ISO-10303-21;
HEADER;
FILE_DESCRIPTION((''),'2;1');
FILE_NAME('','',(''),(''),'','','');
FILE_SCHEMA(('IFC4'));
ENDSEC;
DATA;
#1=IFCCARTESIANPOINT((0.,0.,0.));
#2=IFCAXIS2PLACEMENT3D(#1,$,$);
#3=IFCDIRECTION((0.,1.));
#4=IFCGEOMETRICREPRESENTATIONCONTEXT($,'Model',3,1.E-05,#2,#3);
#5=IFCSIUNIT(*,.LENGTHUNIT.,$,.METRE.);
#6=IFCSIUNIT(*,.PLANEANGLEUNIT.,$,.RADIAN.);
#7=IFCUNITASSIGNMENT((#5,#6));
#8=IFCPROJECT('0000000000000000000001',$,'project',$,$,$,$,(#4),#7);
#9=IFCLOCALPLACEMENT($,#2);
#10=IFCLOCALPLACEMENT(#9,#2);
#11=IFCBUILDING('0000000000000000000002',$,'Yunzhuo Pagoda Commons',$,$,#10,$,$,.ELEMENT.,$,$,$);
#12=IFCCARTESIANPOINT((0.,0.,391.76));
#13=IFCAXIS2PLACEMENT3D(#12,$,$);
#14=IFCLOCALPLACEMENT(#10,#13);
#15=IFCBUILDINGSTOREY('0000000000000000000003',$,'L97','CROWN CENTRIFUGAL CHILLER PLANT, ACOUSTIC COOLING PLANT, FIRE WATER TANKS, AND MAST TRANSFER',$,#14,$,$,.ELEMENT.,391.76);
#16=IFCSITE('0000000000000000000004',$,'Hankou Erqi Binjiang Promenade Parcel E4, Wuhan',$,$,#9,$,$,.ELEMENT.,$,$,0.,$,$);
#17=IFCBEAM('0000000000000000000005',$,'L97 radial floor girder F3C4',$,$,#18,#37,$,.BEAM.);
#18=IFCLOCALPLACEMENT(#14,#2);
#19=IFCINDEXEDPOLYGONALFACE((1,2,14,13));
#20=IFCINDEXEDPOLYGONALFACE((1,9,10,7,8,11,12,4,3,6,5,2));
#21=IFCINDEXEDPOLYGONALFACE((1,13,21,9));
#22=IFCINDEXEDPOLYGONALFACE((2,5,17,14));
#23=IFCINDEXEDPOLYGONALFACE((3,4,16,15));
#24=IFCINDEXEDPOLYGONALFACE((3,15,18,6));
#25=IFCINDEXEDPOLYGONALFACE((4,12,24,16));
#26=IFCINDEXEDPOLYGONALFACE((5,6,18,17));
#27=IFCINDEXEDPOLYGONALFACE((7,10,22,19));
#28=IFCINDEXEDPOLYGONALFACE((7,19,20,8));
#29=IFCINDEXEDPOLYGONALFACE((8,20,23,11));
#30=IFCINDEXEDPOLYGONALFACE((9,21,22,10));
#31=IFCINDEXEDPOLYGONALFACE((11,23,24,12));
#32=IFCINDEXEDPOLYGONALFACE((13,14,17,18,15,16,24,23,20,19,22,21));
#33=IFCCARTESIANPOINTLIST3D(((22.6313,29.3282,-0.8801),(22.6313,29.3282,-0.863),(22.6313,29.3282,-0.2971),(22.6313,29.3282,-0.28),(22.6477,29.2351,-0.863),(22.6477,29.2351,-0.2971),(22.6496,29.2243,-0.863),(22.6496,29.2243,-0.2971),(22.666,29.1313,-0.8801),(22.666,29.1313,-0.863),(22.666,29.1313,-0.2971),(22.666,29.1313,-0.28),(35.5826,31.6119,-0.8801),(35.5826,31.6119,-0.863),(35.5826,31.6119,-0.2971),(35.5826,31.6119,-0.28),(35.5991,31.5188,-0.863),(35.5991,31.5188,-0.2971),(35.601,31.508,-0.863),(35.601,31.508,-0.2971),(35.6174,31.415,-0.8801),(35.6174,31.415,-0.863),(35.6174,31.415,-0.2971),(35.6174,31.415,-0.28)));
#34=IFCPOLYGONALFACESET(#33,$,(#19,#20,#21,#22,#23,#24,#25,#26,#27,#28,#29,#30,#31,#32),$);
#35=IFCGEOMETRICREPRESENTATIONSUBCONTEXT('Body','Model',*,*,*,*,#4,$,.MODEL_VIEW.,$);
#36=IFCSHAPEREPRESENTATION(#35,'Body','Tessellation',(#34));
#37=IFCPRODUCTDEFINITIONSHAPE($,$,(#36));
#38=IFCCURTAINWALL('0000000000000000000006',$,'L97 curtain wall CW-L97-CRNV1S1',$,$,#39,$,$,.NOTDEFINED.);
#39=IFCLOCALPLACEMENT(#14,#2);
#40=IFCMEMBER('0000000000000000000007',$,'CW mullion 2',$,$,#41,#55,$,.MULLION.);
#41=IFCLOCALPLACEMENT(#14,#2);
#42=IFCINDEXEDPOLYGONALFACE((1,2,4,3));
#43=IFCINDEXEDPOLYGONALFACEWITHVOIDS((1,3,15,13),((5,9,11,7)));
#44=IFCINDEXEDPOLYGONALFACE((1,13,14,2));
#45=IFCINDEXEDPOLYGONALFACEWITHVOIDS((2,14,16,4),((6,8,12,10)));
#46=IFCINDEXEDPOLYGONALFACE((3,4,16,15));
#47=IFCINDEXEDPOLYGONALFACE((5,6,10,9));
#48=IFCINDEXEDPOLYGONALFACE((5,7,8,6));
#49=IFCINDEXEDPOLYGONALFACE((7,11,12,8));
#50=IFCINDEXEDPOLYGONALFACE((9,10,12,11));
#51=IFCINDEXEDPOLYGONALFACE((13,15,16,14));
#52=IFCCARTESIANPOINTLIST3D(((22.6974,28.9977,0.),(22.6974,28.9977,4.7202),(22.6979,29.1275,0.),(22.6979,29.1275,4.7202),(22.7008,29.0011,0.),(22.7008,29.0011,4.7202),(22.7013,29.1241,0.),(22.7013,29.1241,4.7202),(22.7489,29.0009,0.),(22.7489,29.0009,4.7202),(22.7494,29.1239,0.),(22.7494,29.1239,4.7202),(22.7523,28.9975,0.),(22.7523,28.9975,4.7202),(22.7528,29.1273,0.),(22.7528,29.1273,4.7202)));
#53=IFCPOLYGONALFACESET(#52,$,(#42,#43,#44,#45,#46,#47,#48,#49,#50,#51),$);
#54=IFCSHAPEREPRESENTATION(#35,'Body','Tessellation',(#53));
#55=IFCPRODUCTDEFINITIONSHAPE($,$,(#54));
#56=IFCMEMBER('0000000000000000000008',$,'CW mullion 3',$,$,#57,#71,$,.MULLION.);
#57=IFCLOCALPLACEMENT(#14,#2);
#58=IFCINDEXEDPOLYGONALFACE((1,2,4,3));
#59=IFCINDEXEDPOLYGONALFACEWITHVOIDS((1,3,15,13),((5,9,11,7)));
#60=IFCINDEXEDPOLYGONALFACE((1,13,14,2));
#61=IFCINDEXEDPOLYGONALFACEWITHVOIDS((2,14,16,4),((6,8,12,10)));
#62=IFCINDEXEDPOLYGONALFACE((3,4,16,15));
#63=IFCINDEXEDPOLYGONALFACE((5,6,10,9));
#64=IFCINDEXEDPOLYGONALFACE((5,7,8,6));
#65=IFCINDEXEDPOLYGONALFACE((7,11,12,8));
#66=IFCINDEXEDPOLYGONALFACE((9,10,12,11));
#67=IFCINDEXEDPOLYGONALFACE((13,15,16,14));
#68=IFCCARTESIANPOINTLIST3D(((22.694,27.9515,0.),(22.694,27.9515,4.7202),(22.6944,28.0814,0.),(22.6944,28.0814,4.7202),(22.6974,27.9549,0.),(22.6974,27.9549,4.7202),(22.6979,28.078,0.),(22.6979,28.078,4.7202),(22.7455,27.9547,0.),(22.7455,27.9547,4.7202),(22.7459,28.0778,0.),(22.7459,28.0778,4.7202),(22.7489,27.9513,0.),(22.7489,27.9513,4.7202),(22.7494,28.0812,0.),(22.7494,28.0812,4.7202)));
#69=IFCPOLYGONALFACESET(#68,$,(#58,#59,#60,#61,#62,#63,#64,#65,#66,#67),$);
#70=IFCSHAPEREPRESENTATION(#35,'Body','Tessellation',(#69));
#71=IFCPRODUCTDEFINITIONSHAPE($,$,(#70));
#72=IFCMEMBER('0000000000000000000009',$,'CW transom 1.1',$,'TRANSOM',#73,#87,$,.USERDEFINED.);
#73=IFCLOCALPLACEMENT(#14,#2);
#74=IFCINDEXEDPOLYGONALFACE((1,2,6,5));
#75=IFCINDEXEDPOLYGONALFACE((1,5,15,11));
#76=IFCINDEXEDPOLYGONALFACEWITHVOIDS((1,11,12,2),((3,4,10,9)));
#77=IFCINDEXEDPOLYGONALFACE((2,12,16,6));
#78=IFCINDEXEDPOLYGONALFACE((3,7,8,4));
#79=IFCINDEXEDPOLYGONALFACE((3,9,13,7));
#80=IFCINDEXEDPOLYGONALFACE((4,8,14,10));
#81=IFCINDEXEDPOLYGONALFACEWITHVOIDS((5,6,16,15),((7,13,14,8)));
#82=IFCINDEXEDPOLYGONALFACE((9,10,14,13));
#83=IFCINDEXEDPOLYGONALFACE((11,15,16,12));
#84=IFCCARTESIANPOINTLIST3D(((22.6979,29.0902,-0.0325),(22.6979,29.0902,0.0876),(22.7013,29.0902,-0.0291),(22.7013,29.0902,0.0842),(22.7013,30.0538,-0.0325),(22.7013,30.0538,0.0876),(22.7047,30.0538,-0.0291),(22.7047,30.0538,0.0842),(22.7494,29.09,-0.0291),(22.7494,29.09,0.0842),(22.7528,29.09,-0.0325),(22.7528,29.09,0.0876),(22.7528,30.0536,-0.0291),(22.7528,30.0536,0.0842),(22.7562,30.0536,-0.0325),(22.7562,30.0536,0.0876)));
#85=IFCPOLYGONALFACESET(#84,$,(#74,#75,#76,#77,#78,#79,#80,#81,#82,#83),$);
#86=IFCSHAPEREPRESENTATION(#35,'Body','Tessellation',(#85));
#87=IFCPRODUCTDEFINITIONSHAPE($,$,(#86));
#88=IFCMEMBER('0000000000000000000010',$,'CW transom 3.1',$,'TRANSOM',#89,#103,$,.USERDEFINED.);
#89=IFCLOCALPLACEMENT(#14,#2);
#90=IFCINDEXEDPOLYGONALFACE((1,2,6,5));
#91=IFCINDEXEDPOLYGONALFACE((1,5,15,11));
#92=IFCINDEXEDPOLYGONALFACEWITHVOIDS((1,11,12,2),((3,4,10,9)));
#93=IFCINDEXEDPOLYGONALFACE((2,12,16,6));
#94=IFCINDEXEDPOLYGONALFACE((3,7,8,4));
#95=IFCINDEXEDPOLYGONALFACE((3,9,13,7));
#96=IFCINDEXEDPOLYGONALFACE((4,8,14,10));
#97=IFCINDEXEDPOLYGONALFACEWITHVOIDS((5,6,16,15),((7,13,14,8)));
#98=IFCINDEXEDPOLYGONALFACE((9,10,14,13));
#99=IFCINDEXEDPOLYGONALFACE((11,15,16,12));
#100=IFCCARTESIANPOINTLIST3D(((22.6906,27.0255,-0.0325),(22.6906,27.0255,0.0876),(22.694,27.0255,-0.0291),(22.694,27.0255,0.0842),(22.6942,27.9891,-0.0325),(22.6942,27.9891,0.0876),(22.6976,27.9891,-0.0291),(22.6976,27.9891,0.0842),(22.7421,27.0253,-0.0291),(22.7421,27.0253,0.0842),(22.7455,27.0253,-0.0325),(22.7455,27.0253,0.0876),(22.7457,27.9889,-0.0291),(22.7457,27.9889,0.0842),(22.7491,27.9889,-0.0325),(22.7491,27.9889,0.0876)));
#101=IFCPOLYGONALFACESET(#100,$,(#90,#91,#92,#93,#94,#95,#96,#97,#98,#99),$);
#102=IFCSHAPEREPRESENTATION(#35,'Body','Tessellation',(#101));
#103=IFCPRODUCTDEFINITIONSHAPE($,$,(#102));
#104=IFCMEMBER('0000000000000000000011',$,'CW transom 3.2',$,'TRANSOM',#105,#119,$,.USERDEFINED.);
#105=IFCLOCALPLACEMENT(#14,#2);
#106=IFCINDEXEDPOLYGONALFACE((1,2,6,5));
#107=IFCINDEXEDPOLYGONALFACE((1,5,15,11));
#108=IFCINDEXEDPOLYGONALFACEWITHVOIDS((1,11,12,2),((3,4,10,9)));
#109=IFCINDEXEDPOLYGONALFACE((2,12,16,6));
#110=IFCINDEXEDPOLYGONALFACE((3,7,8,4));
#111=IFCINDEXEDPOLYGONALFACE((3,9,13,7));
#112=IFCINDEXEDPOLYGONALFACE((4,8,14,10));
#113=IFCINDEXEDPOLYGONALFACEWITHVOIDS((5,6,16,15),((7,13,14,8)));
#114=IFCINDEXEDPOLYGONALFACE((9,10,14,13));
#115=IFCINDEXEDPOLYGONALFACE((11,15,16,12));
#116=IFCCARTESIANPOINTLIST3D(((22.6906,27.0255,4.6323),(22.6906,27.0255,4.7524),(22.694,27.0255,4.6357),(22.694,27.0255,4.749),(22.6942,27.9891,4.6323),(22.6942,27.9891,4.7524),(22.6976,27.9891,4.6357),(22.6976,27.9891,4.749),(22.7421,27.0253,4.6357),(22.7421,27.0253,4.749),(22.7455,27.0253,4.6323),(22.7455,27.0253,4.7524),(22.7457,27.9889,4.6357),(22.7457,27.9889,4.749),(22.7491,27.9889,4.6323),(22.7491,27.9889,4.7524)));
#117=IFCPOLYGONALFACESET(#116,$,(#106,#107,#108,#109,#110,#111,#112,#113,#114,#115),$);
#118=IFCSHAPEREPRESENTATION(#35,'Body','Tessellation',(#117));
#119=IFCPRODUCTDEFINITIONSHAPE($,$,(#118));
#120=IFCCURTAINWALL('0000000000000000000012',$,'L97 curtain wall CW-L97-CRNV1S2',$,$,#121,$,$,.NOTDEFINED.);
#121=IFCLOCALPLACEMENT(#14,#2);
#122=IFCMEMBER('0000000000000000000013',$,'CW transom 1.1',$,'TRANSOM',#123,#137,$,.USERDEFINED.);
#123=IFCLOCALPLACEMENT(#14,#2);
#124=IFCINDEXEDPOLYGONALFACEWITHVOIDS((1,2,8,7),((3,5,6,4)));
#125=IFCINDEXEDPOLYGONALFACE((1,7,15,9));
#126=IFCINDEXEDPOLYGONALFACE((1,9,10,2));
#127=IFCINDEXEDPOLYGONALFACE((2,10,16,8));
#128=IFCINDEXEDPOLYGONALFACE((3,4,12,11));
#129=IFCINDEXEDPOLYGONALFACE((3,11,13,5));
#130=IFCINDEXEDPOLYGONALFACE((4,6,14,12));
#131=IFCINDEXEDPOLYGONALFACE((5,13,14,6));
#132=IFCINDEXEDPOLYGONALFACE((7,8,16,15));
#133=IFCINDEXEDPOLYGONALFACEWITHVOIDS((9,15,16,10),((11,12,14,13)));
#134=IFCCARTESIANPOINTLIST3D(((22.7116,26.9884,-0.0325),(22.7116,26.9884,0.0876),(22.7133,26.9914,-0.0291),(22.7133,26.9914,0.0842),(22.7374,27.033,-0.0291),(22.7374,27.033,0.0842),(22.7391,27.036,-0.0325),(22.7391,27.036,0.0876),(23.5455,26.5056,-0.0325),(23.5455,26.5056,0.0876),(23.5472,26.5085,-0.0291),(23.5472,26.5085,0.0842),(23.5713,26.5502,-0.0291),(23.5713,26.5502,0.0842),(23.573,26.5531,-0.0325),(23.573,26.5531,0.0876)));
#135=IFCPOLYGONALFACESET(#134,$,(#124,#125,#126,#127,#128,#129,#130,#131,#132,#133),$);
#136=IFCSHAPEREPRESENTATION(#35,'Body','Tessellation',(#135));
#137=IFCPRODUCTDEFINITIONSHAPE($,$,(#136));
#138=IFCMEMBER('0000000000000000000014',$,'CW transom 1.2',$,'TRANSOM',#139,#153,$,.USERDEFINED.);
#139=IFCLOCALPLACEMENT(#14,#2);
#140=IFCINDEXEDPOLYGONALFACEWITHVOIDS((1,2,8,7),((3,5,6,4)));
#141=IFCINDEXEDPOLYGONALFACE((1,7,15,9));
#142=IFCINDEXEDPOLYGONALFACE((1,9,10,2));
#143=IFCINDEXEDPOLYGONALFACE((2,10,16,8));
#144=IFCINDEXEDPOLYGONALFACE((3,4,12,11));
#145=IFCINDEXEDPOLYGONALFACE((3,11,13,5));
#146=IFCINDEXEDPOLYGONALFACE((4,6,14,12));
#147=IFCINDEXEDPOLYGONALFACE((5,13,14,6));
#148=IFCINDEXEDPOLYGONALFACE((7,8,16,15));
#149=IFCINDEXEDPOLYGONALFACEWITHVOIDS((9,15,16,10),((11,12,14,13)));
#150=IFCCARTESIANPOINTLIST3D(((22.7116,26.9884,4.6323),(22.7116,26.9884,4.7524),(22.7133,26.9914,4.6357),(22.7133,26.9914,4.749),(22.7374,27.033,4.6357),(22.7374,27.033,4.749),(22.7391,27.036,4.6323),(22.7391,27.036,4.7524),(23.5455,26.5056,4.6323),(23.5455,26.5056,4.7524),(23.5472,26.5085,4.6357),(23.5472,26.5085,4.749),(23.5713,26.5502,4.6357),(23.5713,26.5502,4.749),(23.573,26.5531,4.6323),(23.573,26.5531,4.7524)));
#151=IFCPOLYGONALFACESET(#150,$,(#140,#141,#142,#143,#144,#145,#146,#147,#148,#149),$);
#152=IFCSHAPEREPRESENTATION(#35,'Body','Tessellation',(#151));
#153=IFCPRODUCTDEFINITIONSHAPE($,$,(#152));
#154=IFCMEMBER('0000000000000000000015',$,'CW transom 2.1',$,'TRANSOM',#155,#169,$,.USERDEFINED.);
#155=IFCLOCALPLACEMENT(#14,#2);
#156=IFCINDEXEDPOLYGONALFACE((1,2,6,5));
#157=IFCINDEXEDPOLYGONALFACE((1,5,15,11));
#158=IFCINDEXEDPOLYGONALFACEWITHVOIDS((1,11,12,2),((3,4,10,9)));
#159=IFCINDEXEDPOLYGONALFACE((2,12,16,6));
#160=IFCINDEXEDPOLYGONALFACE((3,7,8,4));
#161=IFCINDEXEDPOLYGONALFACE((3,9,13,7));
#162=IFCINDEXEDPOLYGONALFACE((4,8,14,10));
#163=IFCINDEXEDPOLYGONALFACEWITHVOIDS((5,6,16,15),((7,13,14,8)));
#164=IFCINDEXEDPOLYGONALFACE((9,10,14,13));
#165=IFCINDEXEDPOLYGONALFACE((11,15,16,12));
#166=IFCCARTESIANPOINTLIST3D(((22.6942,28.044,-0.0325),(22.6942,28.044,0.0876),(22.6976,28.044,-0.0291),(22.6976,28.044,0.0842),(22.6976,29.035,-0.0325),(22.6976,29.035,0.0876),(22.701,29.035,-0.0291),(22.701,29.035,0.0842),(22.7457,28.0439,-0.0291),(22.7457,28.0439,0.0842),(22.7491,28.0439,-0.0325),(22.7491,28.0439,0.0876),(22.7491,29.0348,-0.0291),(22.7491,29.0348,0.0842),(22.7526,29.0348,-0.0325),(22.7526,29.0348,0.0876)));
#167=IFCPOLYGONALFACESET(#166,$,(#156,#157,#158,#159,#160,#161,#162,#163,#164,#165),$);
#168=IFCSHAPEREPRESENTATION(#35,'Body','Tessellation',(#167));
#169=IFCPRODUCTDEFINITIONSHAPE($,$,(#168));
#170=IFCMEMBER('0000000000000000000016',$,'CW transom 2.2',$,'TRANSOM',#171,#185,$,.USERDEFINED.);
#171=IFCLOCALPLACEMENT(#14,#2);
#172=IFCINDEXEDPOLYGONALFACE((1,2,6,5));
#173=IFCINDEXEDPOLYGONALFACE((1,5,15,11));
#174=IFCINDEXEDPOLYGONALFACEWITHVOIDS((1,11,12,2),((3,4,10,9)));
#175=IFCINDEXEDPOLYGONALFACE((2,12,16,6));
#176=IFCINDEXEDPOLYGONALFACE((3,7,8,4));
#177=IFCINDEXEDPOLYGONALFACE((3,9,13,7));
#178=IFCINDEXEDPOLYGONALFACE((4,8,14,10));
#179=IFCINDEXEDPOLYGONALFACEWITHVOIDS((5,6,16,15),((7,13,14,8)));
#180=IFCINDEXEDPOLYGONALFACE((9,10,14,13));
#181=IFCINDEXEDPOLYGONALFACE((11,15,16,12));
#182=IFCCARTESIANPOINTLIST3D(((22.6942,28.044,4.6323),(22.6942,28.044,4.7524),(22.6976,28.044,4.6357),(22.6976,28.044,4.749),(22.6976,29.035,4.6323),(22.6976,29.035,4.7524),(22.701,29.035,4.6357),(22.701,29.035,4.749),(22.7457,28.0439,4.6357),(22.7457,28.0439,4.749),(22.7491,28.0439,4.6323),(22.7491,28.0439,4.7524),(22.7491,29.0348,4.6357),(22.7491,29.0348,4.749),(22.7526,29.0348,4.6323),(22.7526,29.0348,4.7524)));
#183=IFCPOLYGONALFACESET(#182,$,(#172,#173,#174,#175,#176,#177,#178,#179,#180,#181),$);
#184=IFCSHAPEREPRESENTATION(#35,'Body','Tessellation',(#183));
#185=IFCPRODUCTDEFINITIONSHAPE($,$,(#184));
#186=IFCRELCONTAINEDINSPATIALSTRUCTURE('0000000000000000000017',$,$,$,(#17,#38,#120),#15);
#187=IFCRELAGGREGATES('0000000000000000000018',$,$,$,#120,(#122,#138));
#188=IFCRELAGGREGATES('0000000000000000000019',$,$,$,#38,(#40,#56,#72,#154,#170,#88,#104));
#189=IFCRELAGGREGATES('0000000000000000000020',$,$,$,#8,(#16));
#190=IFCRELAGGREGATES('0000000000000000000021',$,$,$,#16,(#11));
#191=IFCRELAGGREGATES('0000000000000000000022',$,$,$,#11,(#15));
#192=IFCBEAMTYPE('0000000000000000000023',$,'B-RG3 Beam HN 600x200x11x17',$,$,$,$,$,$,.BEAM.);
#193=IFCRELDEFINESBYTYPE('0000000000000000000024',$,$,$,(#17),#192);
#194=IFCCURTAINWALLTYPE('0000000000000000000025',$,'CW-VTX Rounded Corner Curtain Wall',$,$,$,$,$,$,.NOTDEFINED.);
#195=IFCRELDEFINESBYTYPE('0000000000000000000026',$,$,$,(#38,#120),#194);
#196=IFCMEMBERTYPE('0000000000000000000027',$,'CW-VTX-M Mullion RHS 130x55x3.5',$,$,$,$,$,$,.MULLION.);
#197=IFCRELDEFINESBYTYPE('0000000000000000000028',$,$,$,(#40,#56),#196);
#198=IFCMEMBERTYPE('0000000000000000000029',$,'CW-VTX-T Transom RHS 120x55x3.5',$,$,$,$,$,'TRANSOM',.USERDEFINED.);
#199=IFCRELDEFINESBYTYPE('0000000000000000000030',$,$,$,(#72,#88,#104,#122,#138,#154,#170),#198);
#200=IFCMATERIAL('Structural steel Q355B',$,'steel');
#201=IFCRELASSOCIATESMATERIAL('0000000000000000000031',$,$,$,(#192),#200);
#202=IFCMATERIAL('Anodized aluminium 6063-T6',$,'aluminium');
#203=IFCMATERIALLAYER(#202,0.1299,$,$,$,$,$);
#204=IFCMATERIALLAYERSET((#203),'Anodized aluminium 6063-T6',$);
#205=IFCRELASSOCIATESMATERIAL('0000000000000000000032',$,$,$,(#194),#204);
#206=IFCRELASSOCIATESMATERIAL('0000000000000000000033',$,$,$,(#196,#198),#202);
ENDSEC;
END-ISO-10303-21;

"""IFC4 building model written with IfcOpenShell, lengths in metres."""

from ifc_helpers import new_model, si_unit, direction, frame, origin, origin_2d, place, context, subcontext, project, spatial, hollow_rectangle, i_section, extrude, source, transform, mapped, material, layer, layer_set, material_profile, profile_set, type_object, element, aggregate, save


model = new_model("IFC4")

# Units and contexts
model_context = context("Model", 3, precision=1e-05, world=origin(), true_north=direction((0.0, 1.0)))
body_context = subcontext(model_context, "Body", "Model", "MODEL_VIEW")
ifc_project = project(units=[si_unit("LENGTHUNIT", "METRE"), si_unit("PLANEANGLEUNIT", "RADIAN")], contexts=[model_context])

# Site, building, storey
site_placement = place(None, origin())
site = spatial("IfcSite", under=ifc_project, at=site_placement, Name="Hankou Erqi Binjiang Promenade Parcel E4, Wuhan", CompositionType="ELEMENT", RefElevation=0.0)
building_placement = place(site_placement, origin())
building = spatial("IfcBuilding", under=site, at=building_placement, Name="Yunzhuo Pagoda Commons", CompositionType="ELEMENT")
storey_placement = place(building_placement, frame((0.0, 0.0, 391.76)))
storey = spatial("IfcBuildingStorey", under=building, at=storey_placement, Name="L97", Description="CROWN CENTRIFUGAL CHILLER PLANT, ACOUSTIC COOLING PLANT, FIRE WATER TANKS, AND MAST TRANSFER", CompositionType="ELEMENT", Elevation=391.76)

# Beam
ifc_material_1 = material(Name="Structural steel Q355B", Category="steel")
ifc_material_profile_1 = material_profile(ifc_material_1, i_section(OverallWidth=0.2, OverallDepth=0.6001, WebThickness=0.011, FlangeThickness=0.0171, at=origin_2d()), Name="Structural steel Q355B")
ifc_profile_set_1 = profile_set([ifc_material_profile_1], Name="Structural steel Q355B")
beam_type = type_object("IfcBeamType", Name="B-RG3 Beam HN 600x200x11x17", PredefinedType="BEAM", material=ifc_profile_set_1)
shared_shape_1 = source(origin(), body_context, "Body", "SweptSolid", [
    extrude(i_section(OverallWidth=0.2, OverallDepth=0.6001, WebThickness=0.011, FlangeThickness=0.0171, at=origin_2d()), origin(), (0.0, 0.0, 1.0), 13.1511),
])
beam_placement = place(storey_placement, frame((22.6487, 29.2297, -0.5801), z_axis=(0.984808, 0.173649, 0.0), x_axis=(-0.173649, 0.984808, 0.0)))
element("IfcBeam", 1, at=beam_placement, inside=storey, type_object=beam_type, Name="L97 radial floor girder F3C4", PredefinedType="BEAM", context=body_context, shape_type="MappedRepresentation", body=[
    mapped(shared_shape_1, transform((0.0, 0.0, 0.0), scale=1.0)),
])

# Curtain walls, members
ifc_material_2 = material(Name="Anodized aluminium 6063-T6", Category="aluminium")
ifc_layer_1 = layer(ifc_material_2, 0.1299)
ifc_layer_set_1 = layer_set([ifc_layer_1], Name="Anodized aluminium 6063-T6")
curtain_wall_type = type_object("IfcCurtainWallType", Name="CW-VTX Rounded Corner Curtain Wall", PredefinedType="NOTDEFINED", material=ifc_layer_set_1)
curtain_wall_1_placement = place(storey_placement, origin())
curtain_wall_1 = element("IfcCurtainWall", 2, at=curtain_wall_1_placement, inside=storey, type_object=curtain_wall_type, Name="L97 curtain wall CW-L97-CRNV1S1", PredefinedType="NOTDEFINED")
ifc_material_profile_2 = material_profile(ifc_material_2, hollow_rectangle(XDim=0.0549, YDim=0.1299, WallThickness=0.0034, at=origin_2d()), Name="Anodized aluminium 6063-T6")
ifc_profile_set_2 = profile_set([ifc_material_profile_2], Name="Anodized aluminium 6063-T6")
member_type_1 = type_object("IfcMemberType", Name="CW-VTX-M Mullion RHS 130x55x3.5", PredefinedType="MULLION", material=ifc_profile_set_2)
shared_shape_2 = source(origin(), body_context, "Body", "SweptSolid", [
    extrude(hollow_rectangle(XDim=0.0549, YDim=0.1299, WallThickness=0.0034, at=origin_2d()), origin(), (0.0, 0.0, 1.0), 4.7202),
])
member_1_placement = place(storey_placement, frame((22.7251, 29.0625, 0.0), z_axis=(0.0, 0.0, 1.0), x_axis=(0.999994, -0.003569, 0.0)))
member_1 = element("IfcMember", 3, at=member_1_placement, type_object=member_type_1, Name="CW mullion 2", PredefinedType="MULLION", context=body_context, shape_type="MappedRepresentation", body=[
    mapped(shared_shape_2, transform((0.0, 0.0, 0.0), scale=1.0)),
])
member_2_placement = place(storey_placement, frame((22.7217, 28.0164, 0.0), z_axis=(0.0, 0.0, 1.0), x_axis=(0.999994, -0.003569, 0.0)))
member_2 = element("IfcMember", 4, at=member_2_placement, type_object=member_type_1, Name="CW mullion 3", PredefinedType="MULLION", context=body_context, shape_type="MappedRepresentation", body=[
    mapped(shared_shape_2, transform((0.0, 0.0, 0.0), scale=1.0)),
])
ifc_material_profile_3 = material_profile(ifc_material_2, hollow_rectangle(XDim=0.0549, YDim=0.1201, WallThickness=0.0034, at=origin_2d()), Name="Anodized aluminium 6063-T6")
ifc_profile_set_3 = profile_set([ifc_material_profile_3], Name="Anodized aluminium 6063-T6")
member_type_2 = type_object("IfcMemberType", Name="CW-VTX-T Transom RHS 120x55x3.5", ElementType="TRANSOM", PredefinedType="USERDEFINED", material=ifc_profile_set_3)
shared_shape_3 = source(origin(), body_context, "Body", "SweptSolid", [
    extrude(hollow_rectangle(XDim=0.0549, YDim=0.1201, WallThickness=0.0034, at=origin_2d()), origin(), (0.0, 0.0, 1.0), 0.9636),
])
member_3_placement = place(storey_placement, frame((22.7288, 30.0537, 0.0276), z_axis=(-0.003547, -0.999994, 0.0), x_axis=(0.999994, -0.003547, 0.0)))
member_3 = element("IfcMember", 5, at=member_3_placement, type_object=member_type_2, Name="CW transom 1.1", ObjectType="TRANSOM", PredefinedType="USERDEFINED", context=body_context, shape_type="MappedRepresentation", body=[
    mapped(shared_shape_3, transform((0.0, 0.0, 0.0), scale=1.0)),
])
member_4_placement = place(storey_placement, frame((22.7217, 27.989, 0.0276), z_axis=(-0.0038, -0.999993, 0.0), x_axis=(0.999993, -0.0038, 0.0)))
member_4 = element("IfcMember", 6, at=member_4_placement, type_object=member_type_2, Name="CW transom 3.1", ObjectType="TRANSOM", PredefinedType="USERDEFINED", context=body_context, shape_type="MappedRepresentation", body=[
    mapped(shared_shape_3, transform((0.0, 0.0, 0.0), scale=1.0)),
])
member_5_placement = place(storey_placement, frame((22.7217, 27.989, 4.6924), z_axis=(-0.0038, -0.999993, 0.0), x_axis=(0.999993, -0.0038, 0.0)))
member_5 = element("IfcMember", 7, at=member_5_placement, type_object=member_type_2, Name="CW transom 3.2", ObjectType="TRANSOM", PredefinedType="USERDEFINED", context=body_context, shape_type="MappedRepresentation", body=[
    mapped(shared_shape_3, transform((0.0, 0.0, 0.0), scale=1.0)),
])
curtain_wall_2_placement = place(storey_placement, origin())
curtain_wall_2 = element("IfcCurtainWall", 8, at=curtain_wall_2_placement, inside=storey, type_object=curtain_wall_type, Name="L97 curtain wall CW-L97-CRNV1S2", PredefinedType="NOTDEFINED")
member_6_placement = place(storey_placement, frame((22.7253, 27.0122, 0.0276), z_axis=(0.865392, -0.501096, 0.0), x_axis=(0.501096, 0.865392, 0.0)))
member_6 = element("IfcMember", 9, at=member_6_placement, type_object=member_type_2, Name="CW transom 1.1", ObjectType="TRANSOM", PredefinedType="USERDEFINED", context=body_context, shape_type="MappedRepresentation", body=[
    mapped(shared_shape_3, transform((0.0, 0.0, 0.0), scale=1.0)),
])
member_7_placement = place(storey_placement, frame((22.7253, 27.0122, 4.6924), z_axis=(0.865392, -0.501096, 0.0), x_axis=(0.501096, 0.865392, 0.0)))
member_7 = element("IfcMember", 10, at=member_7_placement, type_object=member_type_2, Name="CW transom 1.2", ObjectType="TRANSOM", PredefinedType="USERDEFINED", context=body_context, shape_type="MappedRepresentation", body=[
    mapped(shared_shape_3, transform((0.0, 0.0, 0.0), scale=1.0)),
])
aggregate(curtain_wall_2, [member_6, member_7])

# Members
shared_shape_4 = source(origin(), body_context, "Body", "SweptSolid", [
    extrude(hollow_rectangle(XDim=0.0549, YDim=0.1201, WallThickness=0.0034, at=origin_2d()), origin(), (0.0, 0.0, 1.0), 0.991),
])
member_8_placement = place(storey_placement, frame((22.7251, 29.0349, 0.0276), z_axis=(-0.003449, -0.999994, 0.0), x_axis=(0.999994, -0.003449, 0.0)))
member_8 = element("IfcMember", 11, at=member_8_placement, type_object=member_type_2, Name="CW transom 2.1", ObjectType="TRANSOM", PredefinedType="USERDEFINED", context=body_context, shape_type="MappedRepresentation", body=[
    mapped(shared_shape_4, transform((0.0, 0.0, 0.0), scale=1.0)),
])
member_9_placement = place(storey_placement, frame((22.7251, 29.0349, 4.6924), z_axis=(-0.003449, -0.999994, 0.0), x_axis=(0.999994, -0.003449, 0.0)))
member_9 = element("IfcMember", 12, at=member_9_placement, type_object=member_type_2, Name="CW transom 2.2", ObjectType="TRANSOM", PredefinedType="USERDEFINED", context=body_context, shape_type="MappedRepresentation", body=[
    mapped(shared_shape_4, transform((0.0, 0.0, 0.0), scale=1.0)),
])

aggregate(curtain_wall_1, [member_1, member_2, member_3, member_8, member_9, member_4, member_5])

save(model, "model.ifc")
